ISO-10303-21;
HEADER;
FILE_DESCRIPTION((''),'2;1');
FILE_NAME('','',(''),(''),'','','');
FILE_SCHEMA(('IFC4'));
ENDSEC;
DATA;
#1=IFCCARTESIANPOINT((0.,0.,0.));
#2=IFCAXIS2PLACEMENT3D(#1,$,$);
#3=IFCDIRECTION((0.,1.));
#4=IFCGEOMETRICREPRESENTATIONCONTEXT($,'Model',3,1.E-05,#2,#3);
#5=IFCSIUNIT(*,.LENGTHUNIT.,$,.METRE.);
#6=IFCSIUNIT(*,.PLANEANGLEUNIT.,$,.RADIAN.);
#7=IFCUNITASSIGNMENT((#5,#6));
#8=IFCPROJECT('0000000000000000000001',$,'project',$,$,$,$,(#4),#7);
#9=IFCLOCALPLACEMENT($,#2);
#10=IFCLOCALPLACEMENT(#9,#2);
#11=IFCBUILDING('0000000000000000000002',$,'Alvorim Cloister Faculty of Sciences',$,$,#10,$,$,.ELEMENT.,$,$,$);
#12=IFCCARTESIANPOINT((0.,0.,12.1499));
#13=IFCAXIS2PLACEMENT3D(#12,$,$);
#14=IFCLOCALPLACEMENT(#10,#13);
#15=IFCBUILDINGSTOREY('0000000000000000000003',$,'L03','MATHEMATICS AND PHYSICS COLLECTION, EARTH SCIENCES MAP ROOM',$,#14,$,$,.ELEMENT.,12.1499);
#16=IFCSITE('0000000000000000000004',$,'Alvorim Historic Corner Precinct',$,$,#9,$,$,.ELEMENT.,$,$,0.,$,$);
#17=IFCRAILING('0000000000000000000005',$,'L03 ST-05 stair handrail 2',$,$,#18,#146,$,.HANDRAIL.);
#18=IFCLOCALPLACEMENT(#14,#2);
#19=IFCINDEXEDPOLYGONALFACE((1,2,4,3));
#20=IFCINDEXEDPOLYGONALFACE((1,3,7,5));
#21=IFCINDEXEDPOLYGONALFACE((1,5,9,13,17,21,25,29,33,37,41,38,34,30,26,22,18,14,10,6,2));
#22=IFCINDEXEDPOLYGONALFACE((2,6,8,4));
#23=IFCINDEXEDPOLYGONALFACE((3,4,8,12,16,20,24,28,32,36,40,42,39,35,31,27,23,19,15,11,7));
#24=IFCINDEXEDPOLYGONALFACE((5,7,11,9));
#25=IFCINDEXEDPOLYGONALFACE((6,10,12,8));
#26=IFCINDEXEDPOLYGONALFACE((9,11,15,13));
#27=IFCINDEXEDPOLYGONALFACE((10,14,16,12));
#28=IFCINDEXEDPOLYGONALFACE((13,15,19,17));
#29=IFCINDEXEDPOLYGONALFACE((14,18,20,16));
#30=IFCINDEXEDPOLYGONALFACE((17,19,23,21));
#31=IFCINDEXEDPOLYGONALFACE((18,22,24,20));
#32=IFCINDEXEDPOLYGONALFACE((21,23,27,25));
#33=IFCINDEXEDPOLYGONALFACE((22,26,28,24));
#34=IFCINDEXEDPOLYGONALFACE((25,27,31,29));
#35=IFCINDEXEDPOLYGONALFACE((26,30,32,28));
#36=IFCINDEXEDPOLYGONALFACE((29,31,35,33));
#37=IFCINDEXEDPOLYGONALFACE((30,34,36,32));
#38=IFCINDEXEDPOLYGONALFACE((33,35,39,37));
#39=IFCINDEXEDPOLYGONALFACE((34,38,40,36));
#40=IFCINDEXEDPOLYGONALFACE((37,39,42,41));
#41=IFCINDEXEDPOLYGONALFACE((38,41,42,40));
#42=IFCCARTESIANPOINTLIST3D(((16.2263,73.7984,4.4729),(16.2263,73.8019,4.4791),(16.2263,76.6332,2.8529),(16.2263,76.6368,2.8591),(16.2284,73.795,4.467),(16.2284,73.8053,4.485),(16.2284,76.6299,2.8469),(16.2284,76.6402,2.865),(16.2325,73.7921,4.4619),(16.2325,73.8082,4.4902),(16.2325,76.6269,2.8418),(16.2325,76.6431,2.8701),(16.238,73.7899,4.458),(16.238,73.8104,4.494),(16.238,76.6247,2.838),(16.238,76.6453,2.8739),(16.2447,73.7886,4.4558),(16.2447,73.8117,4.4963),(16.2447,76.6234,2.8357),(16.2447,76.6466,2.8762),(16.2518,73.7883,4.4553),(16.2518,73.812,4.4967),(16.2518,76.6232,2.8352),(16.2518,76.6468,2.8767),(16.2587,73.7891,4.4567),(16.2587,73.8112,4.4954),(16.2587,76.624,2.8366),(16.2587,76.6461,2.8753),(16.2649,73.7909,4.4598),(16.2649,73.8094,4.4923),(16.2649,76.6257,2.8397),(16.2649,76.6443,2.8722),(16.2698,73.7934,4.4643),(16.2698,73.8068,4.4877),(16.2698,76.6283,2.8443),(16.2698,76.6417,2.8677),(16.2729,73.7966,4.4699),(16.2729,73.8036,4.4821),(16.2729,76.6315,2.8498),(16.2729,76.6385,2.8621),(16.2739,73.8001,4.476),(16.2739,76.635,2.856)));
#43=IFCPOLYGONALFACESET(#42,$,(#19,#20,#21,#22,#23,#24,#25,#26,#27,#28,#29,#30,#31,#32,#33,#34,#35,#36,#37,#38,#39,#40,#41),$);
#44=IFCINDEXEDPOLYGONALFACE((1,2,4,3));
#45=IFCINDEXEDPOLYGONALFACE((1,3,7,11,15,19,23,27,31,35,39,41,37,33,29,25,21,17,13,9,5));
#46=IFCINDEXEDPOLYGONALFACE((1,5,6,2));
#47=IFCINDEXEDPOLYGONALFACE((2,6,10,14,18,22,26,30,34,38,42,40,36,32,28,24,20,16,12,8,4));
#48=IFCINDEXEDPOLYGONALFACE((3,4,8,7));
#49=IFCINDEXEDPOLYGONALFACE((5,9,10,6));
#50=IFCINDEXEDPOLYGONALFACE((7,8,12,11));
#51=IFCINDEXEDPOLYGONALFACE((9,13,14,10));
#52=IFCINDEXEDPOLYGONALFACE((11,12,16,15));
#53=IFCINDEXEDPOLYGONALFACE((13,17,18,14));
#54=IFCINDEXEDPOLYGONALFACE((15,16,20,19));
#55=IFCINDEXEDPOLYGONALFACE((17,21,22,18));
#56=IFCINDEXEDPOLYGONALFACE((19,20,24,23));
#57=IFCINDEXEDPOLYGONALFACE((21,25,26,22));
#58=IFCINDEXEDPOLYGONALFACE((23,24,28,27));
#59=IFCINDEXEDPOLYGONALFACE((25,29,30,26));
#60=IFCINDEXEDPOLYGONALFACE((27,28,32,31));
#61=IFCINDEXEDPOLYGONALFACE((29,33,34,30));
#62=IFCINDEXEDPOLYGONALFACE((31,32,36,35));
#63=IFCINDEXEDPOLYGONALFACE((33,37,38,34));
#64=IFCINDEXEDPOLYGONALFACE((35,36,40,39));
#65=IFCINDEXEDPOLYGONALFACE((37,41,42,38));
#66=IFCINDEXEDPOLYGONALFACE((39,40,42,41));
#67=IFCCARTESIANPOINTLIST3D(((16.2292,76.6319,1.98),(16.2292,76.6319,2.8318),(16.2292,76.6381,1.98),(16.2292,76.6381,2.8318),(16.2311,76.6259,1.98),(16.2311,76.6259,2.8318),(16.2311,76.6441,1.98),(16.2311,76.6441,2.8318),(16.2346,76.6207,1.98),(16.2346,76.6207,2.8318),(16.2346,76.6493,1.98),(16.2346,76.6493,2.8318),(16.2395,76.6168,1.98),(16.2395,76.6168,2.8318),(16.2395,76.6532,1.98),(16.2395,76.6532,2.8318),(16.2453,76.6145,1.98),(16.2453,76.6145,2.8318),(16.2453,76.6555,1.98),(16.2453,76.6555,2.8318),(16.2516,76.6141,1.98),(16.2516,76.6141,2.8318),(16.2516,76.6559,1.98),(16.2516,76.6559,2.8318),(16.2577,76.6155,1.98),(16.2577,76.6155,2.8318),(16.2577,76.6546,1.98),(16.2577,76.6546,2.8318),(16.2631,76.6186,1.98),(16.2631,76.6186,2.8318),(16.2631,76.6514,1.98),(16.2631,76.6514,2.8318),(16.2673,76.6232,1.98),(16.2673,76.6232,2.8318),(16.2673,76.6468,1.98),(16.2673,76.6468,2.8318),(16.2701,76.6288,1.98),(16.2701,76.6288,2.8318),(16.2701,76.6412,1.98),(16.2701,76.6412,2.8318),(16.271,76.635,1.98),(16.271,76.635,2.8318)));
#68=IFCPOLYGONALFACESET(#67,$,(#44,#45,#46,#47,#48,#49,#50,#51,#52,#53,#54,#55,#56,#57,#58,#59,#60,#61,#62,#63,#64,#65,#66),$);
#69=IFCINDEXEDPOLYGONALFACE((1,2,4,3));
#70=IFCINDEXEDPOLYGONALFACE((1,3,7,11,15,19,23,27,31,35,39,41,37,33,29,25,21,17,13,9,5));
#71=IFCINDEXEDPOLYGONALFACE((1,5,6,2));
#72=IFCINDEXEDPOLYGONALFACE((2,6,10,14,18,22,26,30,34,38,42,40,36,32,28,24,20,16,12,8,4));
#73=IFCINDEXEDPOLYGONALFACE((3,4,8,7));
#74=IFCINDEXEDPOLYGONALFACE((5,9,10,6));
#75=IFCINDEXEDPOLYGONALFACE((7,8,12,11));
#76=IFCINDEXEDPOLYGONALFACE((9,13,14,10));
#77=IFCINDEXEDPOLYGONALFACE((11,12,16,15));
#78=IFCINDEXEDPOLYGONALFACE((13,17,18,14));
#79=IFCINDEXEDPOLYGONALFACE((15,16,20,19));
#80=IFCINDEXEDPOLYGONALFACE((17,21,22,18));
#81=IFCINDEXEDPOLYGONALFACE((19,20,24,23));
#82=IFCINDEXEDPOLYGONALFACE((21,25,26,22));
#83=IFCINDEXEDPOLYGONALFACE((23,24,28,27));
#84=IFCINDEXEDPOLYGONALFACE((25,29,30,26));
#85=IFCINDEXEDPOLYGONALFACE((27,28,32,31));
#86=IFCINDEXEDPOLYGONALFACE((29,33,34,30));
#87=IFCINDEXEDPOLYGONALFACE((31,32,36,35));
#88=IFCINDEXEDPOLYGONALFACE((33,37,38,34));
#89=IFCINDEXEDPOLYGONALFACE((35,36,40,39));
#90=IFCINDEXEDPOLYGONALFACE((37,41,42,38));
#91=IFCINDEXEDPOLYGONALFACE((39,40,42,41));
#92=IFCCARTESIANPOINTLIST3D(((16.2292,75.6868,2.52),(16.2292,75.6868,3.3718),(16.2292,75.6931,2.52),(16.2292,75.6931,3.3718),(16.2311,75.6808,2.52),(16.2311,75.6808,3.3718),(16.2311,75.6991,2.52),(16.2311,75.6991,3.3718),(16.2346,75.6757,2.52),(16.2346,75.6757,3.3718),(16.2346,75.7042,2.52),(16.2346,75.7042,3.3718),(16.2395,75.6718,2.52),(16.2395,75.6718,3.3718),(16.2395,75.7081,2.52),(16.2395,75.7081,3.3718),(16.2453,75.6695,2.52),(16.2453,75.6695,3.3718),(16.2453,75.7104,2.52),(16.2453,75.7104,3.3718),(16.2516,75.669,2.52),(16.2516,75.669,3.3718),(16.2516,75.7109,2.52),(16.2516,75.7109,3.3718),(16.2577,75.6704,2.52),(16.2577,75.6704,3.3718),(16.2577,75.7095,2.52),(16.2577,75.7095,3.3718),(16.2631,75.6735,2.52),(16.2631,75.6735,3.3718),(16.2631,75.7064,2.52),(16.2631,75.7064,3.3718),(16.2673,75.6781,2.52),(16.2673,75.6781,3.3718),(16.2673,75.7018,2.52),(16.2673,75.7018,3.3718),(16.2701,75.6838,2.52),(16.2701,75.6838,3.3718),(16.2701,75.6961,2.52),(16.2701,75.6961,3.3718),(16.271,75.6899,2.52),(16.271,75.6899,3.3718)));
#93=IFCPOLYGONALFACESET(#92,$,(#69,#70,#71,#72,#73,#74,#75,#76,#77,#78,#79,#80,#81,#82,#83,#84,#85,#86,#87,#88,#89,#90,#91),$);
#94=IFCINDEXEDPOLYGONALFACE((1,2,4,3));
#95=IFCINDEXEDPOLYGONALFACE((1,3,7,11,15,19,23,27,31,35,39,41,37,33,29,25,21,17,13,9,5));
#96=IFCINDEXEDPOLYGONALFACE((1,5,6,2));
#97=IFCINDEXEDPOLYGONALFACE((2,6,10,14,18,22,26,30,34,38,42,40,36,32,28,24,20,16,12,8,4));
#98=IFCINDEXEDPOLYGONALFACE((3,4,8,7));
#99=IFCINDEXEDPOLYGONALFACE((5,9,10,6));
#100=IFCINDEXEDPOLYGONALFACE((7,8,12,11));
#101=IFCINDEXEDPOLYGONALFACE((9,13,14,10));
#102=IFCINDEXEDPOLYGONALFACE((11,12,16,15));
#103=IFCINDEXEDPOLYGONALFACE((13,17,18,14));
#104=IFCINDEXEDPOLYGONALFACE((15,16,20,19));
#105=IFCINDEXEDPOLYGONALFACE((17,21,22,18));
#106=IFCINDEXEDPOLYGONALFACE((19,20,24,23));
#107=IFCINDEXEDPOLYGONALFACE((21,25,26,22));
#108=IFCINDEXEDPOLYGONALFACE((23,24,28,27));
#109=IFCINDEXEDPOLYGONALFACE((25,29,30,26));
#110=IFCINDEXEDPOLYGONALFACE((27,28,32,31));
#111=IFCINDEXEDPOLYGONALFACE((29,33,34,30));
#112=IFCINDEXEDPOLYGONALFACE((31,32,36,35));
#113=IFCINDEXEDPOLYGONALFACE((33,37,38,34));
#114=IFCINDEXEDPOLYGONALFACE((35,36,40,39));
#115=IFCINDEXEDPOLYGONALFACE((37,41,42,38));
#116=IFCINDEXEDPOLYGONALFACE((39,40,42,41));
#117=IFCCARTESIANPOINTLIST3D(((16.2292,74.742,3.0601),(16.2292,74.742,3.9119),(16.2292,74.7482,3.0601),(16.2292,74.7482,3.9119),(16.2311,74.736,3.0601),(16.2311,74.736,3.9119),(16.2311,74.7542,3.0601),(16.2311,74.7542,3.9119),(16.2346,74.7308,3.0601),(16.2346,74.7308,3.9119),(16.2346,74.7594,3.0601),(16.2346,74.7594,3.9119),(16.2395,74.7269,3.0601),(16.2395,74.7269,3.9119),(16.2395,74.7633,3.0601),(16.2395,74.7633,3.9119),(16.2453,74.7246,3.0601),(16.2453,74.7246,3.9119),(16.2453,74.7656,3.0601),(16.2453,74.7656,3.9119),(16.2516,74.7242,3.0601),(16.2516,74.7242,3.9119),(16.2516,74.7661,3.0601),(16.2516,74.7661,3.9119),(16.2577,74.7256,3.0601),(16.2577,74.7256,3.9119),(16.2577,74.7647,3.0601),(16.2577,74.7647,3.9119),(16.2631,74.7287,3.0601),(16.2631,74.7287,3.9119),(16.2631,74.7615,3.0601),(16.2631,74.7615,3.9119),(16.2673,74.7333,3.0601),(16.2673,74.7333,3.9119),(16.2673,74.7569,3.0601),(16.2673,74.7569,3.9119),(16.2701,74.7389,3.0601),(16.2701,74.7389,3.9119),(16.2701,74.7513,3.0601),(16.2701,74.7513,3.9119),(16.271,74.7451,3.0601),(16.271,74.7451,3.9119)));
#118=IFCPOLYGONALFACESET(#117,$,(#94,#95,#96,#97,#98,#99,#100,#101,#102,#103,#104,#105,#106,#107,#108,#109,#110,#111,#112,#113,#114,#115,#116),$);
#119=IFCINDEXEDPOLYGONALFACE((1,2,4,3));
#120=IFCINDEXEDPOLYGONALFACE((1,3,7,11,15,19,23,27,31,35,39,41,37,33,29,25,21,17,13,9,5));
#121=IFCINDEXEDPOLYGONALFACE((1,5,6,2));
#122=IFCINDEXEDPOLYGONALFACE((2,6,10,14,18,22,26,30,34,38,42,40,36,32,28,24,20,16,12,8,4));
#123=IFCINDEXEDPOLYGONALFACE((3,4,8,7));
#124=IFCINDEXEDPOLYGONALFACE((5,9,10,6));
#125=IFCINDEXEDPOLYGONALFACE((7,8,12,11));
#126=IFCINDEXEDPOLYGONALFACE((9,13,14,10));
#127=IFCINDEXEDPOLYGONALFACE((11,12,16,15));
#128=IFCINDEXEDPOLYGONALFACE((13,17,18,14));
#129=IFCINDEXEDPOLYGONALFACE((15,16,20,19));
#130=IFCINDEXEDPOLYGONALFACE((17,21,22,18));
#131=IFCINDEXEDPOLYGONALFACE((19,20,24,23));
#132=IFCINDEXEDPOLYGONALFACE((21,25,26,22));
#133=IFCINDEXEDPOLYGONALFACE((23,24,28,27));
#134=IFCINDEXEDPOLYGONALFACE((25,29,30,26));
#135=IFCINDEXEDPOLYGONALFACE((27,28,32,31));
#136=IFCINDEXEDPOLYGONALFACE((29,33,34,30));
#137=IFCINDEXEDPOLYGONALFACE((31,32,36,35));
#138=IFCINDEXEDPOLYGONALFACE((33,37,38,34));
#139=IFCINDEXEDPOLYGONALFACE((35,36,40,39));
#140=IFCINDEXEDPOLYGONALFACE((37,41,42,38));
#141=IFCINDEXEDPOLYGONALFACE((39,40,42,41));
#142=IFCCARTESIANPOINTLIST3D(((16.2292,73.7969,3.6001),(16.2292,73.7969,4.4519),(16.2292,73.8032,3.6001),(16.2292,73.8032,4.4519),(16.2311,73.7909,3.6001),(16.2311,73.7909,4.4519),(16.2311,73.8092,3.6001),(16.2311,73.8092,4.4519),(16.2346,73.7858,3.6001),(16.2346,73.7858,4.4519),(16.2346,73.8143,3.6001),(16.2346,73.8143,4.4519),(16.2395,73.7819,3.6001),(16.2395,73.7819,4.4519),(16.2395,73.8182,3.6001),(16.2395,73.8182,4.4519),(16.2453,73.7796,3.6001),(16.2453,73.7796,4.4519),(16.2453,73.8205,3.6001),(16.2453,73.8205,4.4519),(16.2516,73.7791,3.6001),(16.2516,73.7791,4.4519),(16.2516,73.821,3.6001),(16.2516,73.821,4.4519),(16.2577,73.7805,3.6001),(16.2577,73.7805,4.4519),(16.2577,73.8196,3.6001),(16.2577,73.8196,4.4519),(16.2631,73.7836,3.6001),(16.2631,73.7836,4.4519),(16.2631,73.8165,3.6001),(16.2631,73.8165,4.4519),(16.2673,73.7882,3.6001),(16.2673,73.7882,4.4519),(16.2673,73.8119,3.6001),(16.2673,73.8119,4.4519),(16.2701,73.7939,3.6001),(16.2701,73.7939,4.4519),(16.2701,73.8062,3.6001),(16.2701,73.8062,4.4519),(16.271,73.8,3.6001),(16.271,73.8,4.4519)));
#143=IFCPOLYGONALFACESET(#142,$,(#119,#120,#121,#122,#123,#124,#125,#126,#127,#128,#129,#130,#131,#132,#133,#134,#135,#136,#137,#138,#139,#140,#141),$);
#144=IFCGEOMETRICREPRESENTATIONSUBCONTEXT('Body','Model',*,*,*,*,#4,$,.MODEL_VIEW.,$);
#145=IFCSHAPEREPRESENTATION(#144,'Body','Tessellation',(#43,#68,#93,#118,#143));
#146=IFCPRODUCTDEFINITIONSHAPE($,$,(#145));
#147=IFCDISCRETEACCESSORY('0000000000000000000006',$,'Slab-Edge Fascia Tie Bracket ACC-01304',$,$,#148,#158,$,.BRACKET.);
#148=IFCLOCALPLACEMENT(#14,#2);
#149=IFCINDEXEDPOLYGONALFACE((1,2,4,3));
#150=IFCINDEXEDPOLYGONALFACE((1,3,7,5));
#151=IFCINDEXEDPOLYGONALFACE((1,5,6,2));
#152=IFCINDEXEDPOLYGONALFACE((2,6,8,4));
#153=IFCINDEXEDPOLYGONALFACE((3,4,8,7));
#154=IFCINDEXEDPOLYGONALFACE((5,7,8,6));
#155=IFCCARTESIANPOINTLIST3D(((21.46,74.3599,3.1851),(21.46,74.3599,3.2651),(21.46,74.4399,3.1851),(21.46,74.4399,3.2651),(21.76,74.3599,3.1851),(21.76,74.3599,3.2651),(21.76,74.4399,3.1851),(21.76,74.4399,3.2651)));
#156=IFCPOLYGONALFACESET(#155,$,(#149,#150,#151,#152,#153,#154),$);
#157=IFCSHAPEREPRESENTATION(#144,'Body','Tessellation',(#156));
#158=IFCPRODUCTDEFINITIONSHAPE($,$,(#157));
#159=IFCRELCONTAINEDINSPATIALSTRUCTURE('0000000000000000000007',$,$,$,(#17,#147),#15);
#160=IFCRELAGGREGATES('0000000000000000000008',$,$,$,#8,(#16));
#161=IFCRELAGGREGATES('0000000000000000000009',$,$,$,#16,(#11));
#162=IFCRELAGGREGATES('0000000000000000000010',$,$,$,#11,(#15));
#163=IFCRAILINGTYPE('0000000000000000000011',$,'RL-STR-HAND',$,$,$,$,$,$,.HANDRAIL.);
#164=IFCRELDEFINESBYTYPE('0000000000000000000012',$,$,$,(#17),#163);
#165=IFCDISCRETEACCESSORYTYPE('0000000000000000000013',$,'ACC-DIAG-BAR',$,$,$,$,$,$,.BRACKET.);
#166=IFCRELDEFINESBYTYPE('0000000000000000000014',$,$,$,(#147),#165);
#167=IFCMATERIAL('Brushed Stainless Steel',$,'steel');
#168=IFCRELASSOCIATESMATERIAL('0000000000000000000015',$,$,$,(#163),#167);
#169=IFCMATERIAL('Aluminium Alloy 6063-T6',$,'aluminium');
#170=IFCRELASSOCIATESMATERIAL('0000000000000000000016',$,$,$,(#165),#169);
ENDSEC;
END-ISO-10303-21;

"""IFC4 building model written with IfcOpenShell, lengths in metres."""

from ifc_helpers import new_model, si_unit, direction, frame, origin, origin_2d, place, context, subcontext, project, spatial, rectangle, circle, extrude, material, type_object, element, save


model = new_model("IFC4")

# Units and contexts
model_context = context("Model", 3, precision=1e-05, world=origin(), true_north=direction((0.0, 1.0)))
body_context = subcontext(model_context, "Body", "Model", "MODEL_VIEW")
ifc_project = project(units=[si_unit("LENGTHUNIT", "METRE"), si_unit("PLANEANGLEUNIT", "RADIAN")], contexts=[model_context])

# Site, building, storey
site_placement = place(None, origin())
site = spatial("IfcSite", under=ifc_project, at=site_placement, Name="Alvorim Historic Corner Precinct", CompositionType="ELEMENT", RefElevation=0.0)
building_placement = place(site_placement, origin())
building = spatial("IfcBuilding", under=site, at=building_placement, Name="Alvorim Cloister Faculty of Sciences", CompositionType="ELEMENT")
storey_placement = place(building_placement, frame((0.0, 0.0, 12.1499)))
storey = spatial("IfcBuildingStorey", under=building, at=storey_placement, Name="L03", Description="MATHEMATICS AND PHYSICS COLLECTION, EARTH SCIENCES MAP ROOM", CompositionType="ELEMENT", Elevation=12.1499)

# Shared definitions
ifc_material_1 = material(Name="Aluminium Alloy 6063-T6", Category="aluminium")

# Railing
ifc_material_2 = material(Name="Brushed Stainless Steel", Category="steel")
railing_type_1 = type_object("IfcRailingType", Name="RL-STR-HAND", PredefinedType="HANDRAIL", material=ifc_material_2)
railing_1_placement = place(storey_placement, frame((16.25, 76.635, 1.98)))
element("IfcRailing", 1, at=railing_1_placement, inside=storey, type_object=railing_type_1, Name="L03 ST-05 stair handrail 2", PredefinedType="HANDRAIL", context=body_context, shape_type="SweptSolid", body=[
    extrude(circle(Radius=0.0239, at=origin_2d()), frame((0.0, 0.0, 0.876), z_axis=(0.0, -0.868225, 0.496171), x_axis=(1.0, 0.0, 0.0)), (0.0, 0.0, 1.0), 3.2651),
    extrude(circle(Radius=0.021, at=origin_2d()), origin(), (0.0, 0.0, 1.0), 0.8518),
    extrude(circle(Radius=0.021, at=origin_2d()), frame((0.0, -0.9451, 0.54)), (0.0, 0.0, 1.0), 0.8518),
    extrude(circle(Radius=0.021, at=origin_2d()), frame((0.0, -1.8899, 1.0801)), (0.0, 0.0, 1.0), 0.8518),
    extrude(circle(Radius=0.021, at=origin_2d()), frame((0.0, -2.835, 1.6201)), (0.0, 0.0, 1.0), 0.8518),
])

# Discrete accessory
discrete_accessory_type = type_object("IfcDiscreteAccessoryType", Name="ACC-DIAG-BAR", PredefinedType="BRACKET", material=ifc_material_1)
discrete_accessory_placement = place(storey_placement, frame((21.46, 74.3999, 3.2251), z_axis=(1.0, 0.0, 0.0), x_axis=(0.0, 1.0, 0.0)))
element("IfcDiscreteAccessory", 2, at=discrete_accessory_placement, inside=storey, type_object=discrete_accessory_type, Name="Slab-Edge Fascia Tie Bracket ACC-01304", PredefinedType="BRACKET", context=body_context, shape_type="SweptSolid", body=[
    extrude(rectangle(XDim=0.0801, YDim=0.0801, at=origin_2d()), origin(), (0.0, 0.0, 1.0), 0.3),
])

save(model, "model.ifc")
